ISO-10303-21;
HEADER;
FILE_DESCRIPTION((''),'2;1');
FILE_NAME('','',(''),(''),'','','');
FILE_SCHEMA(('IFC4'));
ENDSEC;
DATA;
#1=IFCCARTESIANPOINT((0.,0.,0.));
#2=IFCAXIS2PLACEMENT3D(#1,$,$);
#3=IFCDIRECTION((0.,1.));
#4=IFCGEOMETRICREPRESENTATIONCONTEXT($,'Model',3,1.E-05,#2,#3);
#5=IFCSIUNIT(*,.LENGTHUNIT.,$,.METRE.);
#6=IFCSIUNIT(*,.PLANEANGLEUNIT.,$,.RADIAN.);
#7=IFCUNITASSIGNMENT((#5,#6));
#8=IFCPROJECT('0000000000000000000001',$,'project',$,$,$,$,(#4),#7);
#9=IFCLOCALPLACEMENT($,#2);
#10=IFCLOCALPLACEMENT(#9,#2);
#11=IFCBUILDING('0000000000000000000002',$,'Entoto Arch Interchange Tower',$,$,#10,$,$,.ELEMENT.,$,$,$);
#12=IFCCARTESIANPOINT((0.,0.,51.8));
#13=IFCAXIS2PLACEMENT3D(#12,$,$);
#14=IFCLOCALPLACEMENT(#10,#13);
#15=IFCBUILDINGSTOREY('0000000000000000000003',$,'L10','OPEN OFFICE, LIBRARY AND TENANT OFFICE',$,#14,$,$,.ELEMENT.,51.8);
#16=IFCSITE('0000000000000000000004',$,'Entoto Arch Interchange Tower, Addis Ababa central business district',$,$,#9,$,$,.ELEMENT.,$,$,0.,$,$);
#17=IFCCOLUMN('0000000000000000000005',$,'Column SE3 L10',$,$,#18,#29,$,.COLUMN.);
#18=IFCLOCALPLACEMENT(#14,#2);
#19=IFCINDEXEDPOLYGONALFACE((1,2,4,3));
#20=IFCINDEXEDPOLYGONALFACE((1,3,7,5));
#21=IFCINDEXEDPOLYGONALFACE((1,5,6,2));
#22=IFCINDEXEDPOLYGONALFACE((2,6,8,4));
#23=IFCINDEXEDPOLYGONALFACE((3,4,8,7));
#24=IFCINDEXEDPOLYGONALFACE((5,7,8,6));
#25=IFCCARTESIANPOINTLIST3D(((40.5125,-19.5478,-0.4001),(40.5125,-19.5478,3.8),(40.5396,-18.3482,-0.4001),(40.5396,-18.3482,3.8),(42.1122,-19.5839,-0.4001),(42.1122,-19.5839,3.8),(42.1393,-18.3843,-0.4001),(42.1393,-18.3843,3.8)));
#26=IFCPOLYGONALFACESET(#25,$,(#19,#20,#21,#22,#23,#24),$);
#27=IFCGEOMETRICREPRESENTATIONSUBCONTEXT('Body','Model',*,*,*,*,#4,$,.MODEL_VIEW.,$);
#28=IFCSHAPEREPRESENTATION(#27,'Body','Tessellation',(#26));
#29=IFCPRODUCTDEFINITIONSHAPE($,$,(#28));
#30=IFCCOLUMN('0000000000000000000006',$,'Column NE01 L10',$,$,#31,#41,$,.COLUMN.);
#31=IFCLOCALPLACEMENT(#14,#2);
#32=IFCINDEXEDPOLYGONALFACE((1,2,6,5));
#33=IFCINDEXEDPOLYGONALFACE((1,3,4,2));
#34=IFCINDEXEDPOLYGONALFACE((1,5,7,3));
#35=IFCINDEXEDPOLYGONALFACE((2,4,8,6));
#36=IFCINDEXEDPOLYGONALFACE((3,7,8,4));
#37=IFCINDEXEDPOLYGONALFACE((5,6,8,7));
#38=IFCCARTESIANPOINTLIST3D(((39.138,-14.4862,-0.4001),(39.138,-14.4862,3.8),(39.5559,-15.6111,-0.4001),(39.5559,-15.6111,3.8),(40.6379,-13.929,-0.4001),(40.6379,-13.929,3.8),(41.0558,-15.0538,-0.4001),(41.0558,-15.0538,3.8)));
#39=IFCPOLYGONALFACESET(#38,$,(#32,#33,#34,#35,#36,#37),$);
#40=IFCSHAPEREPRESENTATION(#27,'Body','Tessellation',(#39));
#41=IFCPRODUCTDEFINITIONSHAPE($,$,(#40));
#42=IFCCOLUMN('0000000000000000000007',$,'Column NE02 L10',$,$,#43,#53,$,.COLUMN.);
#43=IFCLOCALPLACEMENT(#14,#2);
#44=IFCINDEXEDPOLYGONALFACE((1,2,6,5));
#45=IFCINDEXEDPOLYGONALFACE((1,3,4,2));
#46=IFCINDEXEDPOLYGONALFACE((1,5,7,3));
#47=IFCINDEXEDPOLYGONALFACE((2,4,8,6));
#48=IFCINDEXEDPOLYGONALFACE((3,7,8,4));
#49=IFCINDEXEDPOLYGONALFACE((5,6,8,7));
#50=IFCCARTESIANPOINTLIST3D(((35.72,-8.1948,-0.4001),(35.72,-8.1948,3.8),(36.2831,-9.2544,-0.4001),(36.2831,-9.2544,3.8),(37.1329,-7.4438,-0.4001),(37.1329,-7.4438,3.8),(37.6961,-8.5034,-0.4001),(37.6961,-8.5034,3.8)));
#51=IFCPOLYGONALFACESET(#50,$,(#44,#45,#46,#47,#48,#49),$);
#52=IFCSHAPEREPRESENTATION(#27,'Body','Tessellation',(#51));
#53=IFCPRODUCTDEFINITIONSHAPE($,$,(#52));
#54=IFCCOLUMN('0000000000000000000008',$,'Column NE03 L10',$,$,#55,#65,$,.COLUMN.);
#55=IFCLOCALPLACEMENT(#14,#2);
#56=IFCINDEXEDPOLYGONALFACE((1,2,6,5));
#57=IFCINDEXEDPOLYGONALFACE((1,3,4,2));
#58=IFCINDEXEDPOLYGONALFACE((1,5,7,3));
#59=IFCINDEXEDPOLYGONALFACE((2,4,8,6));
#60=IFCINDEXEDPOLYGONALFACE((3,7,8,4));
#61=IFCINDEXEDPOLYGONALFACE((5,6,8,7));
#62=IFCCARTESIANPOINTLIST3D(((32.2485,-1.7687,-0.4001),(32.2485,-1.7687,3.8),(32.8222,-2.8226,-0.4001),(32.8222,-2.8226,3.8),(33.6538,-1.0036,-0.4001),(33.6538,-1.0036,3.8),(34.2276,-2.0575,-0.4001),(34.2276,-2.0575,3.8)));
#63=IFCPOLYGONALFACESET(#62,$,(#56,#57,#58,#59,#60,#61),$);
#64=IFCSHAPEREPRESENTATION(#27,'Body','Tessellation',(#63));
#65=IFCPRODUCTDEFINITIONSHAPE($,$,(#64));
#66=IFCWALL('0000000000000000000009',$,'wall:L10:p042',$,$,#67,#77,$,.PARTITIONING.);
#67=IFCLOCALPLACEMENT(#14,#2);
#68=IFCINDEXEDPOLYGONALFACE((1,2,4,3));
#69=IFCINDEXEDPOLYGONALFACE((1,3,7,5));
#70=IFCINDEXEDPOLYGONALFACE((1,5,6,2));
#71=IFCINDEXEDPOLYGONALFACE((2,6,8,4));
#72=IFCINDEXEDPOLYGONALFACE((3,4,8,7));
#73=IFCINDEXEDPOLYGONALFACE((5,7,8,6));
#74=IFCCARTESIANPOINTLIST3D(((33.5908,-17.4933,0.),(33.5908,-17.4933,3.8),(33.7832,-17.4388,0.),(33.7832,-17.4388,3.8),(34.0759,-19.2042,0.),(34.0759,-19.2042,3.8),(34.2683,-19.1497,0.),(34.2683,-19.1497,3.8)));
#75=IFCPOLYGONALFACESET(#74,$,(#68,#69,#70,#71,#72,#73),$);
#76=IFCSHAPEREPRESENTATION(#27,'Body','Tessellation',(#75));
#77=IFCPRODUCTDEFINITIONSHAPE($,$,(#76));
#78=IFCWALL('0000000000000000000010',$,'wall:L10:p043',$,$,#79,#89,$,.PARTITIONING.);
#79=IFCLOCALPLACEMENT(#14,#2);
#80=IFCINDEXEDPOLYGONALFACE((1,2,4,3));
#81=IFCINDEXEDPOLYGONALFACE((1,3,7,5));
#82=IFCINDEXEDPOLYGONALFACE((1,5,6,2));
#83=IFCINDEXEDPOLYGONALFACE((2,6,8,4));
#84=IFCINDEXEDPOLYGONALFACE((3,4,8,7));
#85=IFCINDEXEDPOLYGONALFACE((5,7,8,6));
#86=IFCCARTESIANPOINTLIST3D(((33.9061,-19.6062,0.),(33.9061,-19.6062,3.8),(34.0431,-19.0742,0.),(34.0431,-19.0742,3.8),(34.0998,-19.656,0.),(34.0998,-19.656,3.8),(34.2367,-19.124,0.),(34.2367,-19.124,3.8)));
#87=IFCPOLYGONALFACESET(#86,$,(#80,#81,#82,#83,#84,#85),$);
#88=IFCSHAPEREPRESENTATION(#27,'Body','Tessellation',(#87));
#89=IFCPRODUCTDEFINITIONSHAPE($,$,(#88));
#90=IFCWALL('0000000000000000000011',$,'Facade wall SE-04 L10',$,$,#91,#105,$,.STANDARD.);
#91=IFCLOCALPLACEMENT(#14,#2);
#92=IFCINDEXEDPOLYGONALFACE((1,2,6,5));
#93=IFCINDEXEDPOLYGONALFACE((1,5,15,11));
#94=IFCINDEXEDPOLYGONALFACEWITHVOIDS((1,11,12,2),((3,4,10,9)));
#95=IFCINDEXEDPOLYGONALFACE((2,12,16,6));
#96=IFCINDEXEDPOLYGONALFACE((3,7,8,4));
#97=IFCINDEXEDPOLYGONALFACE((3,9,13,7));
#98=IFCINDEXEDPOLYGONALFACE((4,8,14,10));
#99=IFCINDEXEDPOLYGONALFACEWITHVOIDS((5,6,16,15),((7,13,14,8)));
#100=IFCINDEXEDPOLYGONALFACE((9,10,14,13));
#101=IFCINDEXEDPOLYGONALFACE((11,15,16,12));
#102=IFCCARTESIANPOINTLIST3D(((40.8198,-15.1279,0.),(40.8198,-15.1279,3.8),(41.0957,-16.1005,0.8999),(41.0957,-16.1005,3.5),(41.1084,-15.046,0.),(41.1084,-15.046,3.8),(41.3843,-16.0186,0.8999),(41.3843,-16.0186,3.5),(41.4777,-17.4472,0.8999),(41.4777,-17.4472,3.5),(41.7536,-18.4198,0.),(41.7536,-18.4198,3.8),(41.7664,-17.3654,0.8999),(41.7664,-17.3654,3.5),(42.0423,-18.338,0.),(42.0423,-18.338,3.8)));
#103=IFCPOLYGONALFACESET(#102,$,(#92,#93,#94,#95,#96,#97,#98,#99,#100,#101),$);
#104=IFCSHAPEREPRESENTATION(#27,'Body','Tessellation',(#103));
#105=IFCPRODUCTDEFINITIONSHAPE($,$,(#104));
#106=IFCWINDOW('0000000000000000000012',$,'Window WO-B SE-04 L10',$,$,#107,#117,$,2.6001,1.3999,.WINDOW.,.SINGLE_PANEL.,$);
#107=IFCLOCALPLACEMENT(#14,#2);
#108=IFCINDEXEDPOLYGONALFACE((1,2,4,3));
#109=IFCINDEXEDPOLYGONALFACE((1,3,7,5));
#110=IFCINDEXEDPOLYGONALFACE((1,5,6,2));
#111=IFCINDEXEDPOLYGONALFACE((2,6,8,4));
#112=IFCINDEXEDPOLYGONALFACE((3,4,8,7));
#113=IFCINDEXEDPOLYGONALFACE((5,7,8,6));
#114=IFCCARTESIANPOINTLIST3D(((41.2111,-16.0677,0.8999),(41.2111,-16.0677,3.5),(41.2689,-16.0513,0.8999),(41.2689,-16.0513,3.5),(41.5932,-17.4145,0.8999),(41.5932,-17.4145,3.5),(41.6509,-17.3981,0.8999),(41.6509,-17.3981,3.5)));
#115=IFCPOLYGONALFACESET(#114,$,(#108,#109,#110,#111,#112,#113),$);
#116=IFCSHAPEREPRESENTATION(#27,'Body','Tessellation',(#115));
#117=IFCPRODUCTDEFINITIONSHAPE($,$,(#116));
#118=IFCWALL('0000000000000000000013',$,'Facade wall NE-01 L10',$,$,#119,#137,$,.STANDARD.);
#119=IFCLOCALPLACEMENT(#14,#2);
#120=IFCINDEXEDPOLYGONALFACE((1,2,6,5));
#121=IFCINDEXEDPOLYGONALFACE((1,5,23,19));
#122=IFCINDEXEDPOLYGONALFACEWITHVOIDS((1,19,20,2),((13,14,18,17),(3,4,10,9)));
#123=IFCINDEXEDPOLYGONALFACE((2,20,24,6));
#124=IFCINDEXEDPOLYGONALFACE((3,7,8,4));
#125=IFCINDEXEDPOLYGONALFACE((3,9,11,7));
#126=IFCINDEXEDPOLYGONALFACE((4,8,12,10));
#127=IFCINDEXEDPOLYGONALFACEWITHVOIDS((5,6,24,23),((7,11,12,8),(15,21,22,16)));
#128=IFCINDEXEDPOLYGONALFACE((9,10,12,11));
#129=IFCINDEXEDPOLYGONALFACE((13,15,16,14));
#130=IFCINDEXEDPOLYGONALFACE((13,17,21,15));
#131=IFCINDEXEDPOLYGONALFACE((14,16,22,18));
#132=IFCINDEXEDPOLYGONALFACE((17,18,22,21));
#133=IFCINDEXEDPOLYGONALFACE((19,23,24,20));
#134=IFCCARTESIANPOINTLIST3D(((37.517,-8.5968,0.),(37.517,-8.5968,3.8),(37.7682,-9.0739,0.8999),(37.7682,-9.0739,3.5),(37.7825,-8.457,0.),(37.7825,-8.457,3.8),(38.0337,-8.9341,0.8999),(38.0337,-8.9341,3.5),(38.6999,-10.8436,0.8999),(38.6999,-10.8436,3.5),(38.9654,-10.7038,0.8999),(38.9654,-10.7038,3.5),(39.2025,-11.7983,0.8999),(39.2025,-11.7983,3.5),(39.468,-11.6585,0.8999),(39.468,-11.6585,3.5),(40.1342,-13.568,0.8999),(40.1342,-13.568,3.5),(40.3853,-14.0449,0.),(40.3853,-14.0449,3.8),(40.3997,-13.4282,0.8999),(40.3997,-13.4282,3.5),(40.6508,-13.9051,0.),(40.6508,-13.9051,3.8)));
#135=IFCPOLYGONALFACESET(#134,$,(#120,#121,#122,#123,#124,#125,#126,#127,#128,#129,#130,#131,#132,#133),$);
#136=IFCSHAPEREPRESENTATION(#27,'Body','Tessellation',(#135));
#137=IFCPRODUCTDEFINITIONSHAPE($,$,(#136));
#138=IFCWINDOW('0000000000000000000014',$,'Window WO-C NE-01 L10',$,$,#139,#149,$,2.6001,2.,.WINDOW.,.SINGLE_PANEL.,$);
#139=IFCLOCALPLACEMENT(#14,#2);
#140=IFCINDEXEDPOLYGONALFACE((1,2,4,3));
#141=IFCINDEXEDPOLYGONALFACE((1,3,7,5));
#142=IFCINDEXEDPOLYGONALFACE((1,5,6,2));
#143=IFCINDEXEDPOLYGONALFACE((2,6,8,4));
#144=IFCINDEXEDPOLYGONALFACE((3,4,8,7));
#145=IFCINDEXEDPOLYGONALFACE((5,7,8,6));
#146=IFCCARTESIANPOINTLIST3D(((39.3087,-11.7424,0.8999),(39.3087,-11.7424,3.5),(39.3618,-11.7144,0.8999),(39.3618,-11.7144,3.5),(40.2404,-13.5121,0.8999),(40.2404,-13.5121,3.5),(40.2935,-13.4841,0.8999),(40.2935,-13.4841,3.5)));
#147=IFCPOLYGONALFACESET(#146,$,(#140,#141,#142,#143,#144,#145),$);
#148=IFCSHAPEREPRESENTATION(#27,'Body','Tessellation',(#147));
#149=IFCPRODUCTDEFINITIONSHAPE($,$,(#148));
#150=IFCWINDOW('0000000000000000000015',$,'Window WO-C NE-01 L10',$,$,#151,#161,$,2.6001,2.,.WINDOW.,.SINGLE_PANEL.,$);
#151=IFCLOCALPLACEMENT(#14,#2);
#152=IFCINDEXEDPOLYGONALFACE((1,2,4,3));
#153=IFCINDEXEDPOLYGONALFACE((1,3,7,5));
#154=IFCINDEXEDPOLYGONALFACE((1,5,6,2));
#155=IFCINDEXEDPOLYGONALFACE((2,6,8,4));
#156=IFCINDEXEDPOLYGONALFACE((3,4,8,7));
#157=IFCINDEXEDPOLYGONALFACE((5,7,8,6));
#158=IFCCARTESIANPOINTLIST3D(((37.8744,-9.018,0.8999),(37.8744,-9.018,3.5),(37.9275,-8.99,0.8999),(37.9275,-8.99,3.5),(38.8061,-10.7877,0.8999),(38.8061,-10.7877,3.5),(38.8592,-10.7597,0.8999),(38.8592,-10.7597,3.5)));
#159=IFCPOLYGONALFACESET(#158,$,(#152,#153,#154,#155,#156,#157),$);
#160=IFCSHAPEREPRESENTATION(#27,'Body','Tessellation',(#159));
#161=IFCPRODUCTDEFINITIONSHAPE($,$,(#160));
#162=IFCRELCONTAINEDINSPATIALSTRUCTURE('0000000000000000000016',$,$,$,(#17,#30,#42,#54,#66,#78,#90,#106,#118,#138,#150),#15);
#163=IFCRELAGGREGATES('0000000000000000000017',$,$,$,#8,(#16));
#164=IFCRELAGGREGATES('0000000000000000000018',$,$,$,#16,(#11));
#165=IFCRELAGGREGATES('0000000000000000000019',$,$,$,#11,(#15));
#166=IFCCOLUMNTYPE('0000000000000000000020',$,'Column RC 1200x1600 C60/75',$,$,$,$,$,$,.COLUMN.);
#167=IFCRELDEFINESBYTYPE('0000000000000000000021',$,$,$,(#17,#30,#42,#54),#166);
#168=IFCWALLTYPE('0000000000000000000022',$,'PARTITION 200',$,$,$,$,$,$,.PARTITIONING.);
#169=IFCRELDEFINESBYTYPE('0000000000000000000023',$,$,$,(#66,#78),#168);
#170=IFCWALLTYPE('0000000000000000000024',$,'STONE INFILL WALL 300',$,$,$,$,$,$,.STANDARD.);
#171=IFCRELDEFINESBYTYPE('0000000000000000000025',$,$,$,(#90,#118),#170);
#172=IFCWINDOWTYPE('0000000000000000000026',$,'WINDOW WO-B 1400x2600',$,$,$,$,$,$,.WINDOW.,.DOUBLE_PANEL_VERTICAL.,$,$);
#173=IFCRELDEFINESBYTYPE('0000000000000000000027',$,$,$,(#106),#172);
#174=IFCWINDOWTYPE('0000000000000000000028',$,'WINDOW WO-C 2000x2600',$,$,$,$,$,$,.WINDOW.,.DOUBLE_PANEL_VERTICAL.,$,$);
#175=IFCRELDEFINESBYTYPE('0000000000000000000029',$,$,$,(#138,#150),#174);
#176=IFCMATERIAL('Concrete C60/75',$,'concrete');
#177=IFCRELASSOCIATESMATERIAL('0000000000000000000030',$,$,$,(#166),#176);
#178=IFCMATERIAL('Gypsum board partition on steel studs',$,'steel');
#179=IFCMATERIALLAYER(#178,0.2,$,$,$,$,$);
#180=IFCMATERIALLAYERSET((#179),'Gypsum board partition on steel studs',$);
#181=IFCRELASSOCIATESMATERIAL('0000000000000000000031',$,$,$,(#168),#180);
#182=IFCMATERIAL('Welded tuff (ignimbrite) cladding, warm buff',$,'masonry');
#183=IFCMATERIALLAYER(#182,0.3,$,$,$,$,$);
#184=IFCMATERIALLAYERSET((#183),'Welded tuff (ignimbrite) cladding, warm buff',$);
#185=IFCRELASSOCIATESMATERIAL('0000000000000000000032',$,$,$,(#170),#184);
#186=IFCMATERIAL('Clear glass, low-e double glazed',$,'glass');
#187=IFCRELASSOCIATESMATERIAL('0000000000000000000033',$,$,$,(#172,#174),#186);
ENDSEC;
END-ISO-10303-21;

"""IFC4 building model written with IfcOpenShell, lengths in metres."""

from ifc_helpers import new_model, si_unit, direction, frame, frame_2d, origin, origin_2d, place, context, subcontext, project, spatial, rectangle, extrude, material, layer, layer_set, material_profile, profile_set, type_object, element, fill, save


model = new_model("IFC4")

# Units and contexts
model_context = context("Model", 3, precision=1e-05, world=origin(), true_north=direction((0.0, 1.0)))
body_context = subcontext(model_context, "Body", "Model", "MODEL_VIEW")
ifc_project = project(units=[si_unit("LENGTHUNIT", "METRE"), si_unit("PLANEANGLEUNIT", "RADIAN")], contexts=[model_context])

# Site, building, storey
site_placement = place(None, origin())
site = spatial("IfcSite", under=ifc_project, at=site_placement, Name="Entoto Arch Interchange Tower, Addis Ababa central business district", CompositionType="ELEMENT", RefElevation=0.0)
building_placement = place(site_placement, origin())
building = spatial("IfcBuilding", under=site, at=building_placement, Name="Entoto Arch Interchange Tower", CompositionType="ELEMENT")
storey_placement = place(building_placement, frame((0.0, 0.0, 51.8)))
storey = spatial("IfcBuildingStorey", under=building, at=storey_placement, Name="L10", Description="OPEN OFFICE, LIBRARY AND TENANT OFFICE", CompositionType="ELEMENT", Elevation=51.8)

# Columns
ifc_material_1 = material(Name="Concrete C60/75", Category="concrete")
ifc_material_profile = material_profile(ifc_material_1, rectangle(XDim=1.2, YDim=1.6001, at=origin_2d()))
ifc_profile_set = profile_set([ifc_material_profile], Name="Concrete C60/75")
column_type = type_object("IfcColumnType", Name="Column RC 1200x1600 C60/75", PredefinedType="COLUMN", material=ifc_profile_set)
for number, where, z_axis, x_axis, name in (
    (1, (41.3259, -18.9661, -0.4001), (0.0, 0.0, 1.0), (0.022565, 0.999745, 0.0), "Column SE3 L10"),
    (2, (40.0969, -14.77, -0.4001), (0.0, 0.0, 1.0), (-0.348278, 0.937391, 0.0), "Column NE01 L10"),
    (3, (36.708, -8.3491, -0.4001), (0.0, 0.0, 1.0), (-0.469317, 0.88303, 0.0), "Column NE02 L10"),
    (4, (33.238, -1.9131, -0.4001), (0.0, 0.0, 1.0), (-0.47814, 0.878284, 0.0), "Column NE03 L10"),
):
    element("IfcColumn", number, at=place(storey_placement, frame(where, z_axis=z_axis, x_axis=x_axis)), inside=storey, type_object=column_type, Name=name, PredefinedType="COLUMN", context=body_context, shape_type="SweptSolid", body=[
        extrude(rectangle(XDim=1.2, YDim=1.6001, at=origin_2d()), origin(), (0.0, 0.0, 1.0), 4.2002),
    ])

# Walls
ifc_material_2 = material(Name="Gypsum board partition on steel studs", Category="steel")
ifc_layer_1 = layer(ifc_material_2, 0.2)
ifc_layer_set_1 = layer_set([ifc_layer_1], Name="Gypsum board partition on steel studs")
wall_type_1 = type_object("IfcWallType", Name="PARTITION 200", PredefinedType="PARTITIONING", material=ifc_layer_set_1)
wall_1_placement = place(storey_placement, frame((33.687, -17.4661, 0.0), z_axis=(0.0, 0.0, 1.0), x_axis=(0.27278, -0.962076, 0.0)))
element("IfcWall", 5, at=wall_1_placement, inside=storey, type_object=wall_type_1, Name="wall:L10:p042", PredefinedType="PARTITIONING", context=body_context, shape_type="SweptSolid", body=[
    extrude(rectangle(XDim=1.7783, YDim=0.2, at=frame_2d((0.8892, 0.0))), origin(), (0.0, 0.0, 1.0), 3.8),
])
wall_2_placement = place(storey_placement, frame((34.1399, -19.0991, 0.0), z_axis=(0.0, 0.0, 1.0), x_axis=(-0.249327, -0.968419, 0.0)))
element("IfcWall", 6, at=wall_2_placement, inside=storey, type_object=wall_type_1, Name="wall:L10:p043", PredefinedType="PARTITIONING", context=body_context, shape_type="SweptSolid", body=[
    extrude(rectangle(XDim=0.5493, YDim=0.2, at=frame_2d((0.2747, 0.0))), origin(), (0.0, 0.0, 1.0), 3.8),
])

# Wall, opening, window
ifc_material_3 = material(Name="Welded tuff (ignimbrite) cladding, warm buff", Category="masonry")
ifc_layer_2 = layer(ifc_material_3, 0.3)
ifc_layer_set_2 = layer_set([ifc_layer_2], Name="Welded tuff (ignimbrite) cladding, warm buff")
wall_type_2 = type_object("IfcWallType", Name="STONE INFILL WALL 300", PredefinedType="STANDARD", material=ifc_layer_set_2)
wall_3_placement = place(storey_placement, frame((41.8979, -18.3789, 0.0), z_axis=(0.0, 0.0, 1.0), x_axis=(-0.272902, 0.962042, 0.0)))
wall_3 = element("IfcWall", 7, at=wall_3_placement, inside=storey, type_object=wall_type_2, Name="Facade wall SE-04 L10", PredefinedType="STANDARD", context=body_context, shape_type="SweptSolid", body=[
    extrude(rectangle(XDim=3.4219, YDim=0.3, at=frame_2d((1.7109, 0.0))), origin(), (0.0, 0.0, 1.0), 3.8),
])
opening_1_placement = place(wall_3_placement, frame((1.011, 0.0, 0.8999)))
opening_1 = element("IfcOpeningElement", 8, at=opening_1_placement, cuts=wall_3, PredefinedType="OPENING", context=body_context, shape_type="SweptSolid", body=[
    extrude(rectangle(XDim=1.3999, YDim=2.6001, at=frame_2d((0.7, 1.3))), frame((0.0, 0.1602, 0.0), z_axis=(0.0, -1.0, 0.0), x_axis=(1.0, 0.0, 0.0)), (0.0, 0.0, 1.0), 0.3201),
])
ifc_material_4 = material(Name="Clear glass, low-e double glazed", Category="glass")
window_type_1 = type_object("IfcWindowType", Name="WINDOW WO-B 1400x2600", PartitioningType="DOUBLE_PANEL_VERTICAL", PredefinedType="WINDOW", material=ifc_material_4)
window_1_placement = place(opening_1_placement, origin())
window_1 = element("IfcWindow", 9, at=window_1_placement, inside=storey, type_object=window_type_1, Name="Window WO-B SE-04 L10", OverallHeight=2.6001, OverallWidth=1.3999, PartitioningType="SINGLE_PANEL", PredefinedType="WINDOW", context=body_context, shape_type="SweptSolid", body=[
    extrude(rectangle(XDim=1.3999, YDim=2.6001, at=frame_2d((0.7, 1.3))), frame((0.0, 0.03, 0.0), z_axis=(0.0, -1.0, 0.0), x_axis=(1.0, 0.0, 0.0)), (0.0, 0.0, 1.0), 0.0601),
])
fill(opening_1, window_1)

# Wall, openings, windows
wall_4_placement = place(storey_placement, frame((40.5181, -13.9751, 0.0), z_axis=(0.0, 0.0, 1.0), x_axis=(-0.465848, 0.884865, 0.0)))
wall_4 = element("IfcWall", 10, at=wall_4_placement, inside=storey, type_object=wall_type_2, Name="Facade wall NE-01 L10", PredefinedType="STANDARD", context=body_context, shape_type="SweptSolid", body=[
    extrude(rectangle(XDim=6.157, YDim=0.3, at=frame_2d((3.0786, 0.0))), origin(), (0.0, 0.0, 1.0), 3.8),
])
opening_2_placement = place(wall_4_placement, frame((0.5391, 0.0, 0.8999)))
opening_2 = element("IfcOpeningElement", 11, at=opening_2_placement, cuts=wall_4, PredefinedType="OPENING", context=body_context, shape_type="SweptSolid", body=[
    extrude(rectangle(XDim=2.0, YDim=2.6001, at=frame_2d((1.0, 1.3))), frame((0.0, 0.1602, 0.0), z_axis=(0.0, -1.0, 0.0), x_axis=(1.0, 0.0, 0.0)), (0.0, 0.0, 1.0), 0.3201),
])
opening_3_placement = place(wall_4_placement, frame((3.6179, 0.0, 0.8999)))
opening_3 = element("IfcOpeningElement", 12, at=opening_3_placement, cuts=wall_4, PredefinedType="OPENING", context=body_context, shape_type="SweptSolid", body=[
    extrude(rectangle(XDim=2.0, YDim=2.6001, at=frame_2d((1.0, 1.3))), frame((0.0, 0.1602, 0.0), z_axis=(0.0, -1.0, 0.0), x_axis=(1.0, 0.0, 0.0)), (0.0, 0.0, 1.0), 0.3201),
])
window_type_2 = type_object("IfcWindowType", Name="WINDOW WO-C 2000x2600", PartitioningType="DOUBLE_PANEL_VERTICAL", PredefinedType="WINDOW", material=ifc_material_4)
window_2_placement = place(opening_2_placement, origin())
window_2 = element("IfcWindow", 13, at=window_2_placement, inside=storey, type_object=window_type_2, Name="Window WO-C NE-01 L10", OverallHeight=2.6001, OverallWidth=2.0, PartitioningType="SINGLE_PANEL", PredefinedType="WINDOW", context=body_context, shape_type="SweptSolid", body=[
    extrude(rectangle(XDim=2.0, YDim=2.6001, at=frame_2d((1.0, 1.3))), frame((0.0, 0.03, 0.0), z_axis=(0.0, -1.0, 0.0), x_axis=(1.0, 0.0, 0.0)), (0.0, 0.0, 1.0), 0.0601),
])
fill(opening_2, window_2)
window_3_placement = place(opening_3_placement, origin())
window_3 = element("IfcWindow", 14, at=window_3_placement, inside=storey, type_object=window_type_2, Name="Window WO-C NE-01 L10", OverallHeight=2.6001, OverallWidth=2.0, PartitioningType="SINGLE_PANEL", PredefinedType="WINDOW", context=body_context, shape_type="SweptSolid", body=[
    extrude(rectangle(XDim=2.0, YDim=2.6001, at=frame_2d((1.0, 1.3))), frame((0.0, 0.03, 0.0), z_axis=(0.0, -1.0, 0.0), x_axis=(1.0, 0.0, 0.0)), (0.0, 0.0, 1.0), 0.0601),
])
fill(opening_3, window_3)

save(model, "model.ifc")
